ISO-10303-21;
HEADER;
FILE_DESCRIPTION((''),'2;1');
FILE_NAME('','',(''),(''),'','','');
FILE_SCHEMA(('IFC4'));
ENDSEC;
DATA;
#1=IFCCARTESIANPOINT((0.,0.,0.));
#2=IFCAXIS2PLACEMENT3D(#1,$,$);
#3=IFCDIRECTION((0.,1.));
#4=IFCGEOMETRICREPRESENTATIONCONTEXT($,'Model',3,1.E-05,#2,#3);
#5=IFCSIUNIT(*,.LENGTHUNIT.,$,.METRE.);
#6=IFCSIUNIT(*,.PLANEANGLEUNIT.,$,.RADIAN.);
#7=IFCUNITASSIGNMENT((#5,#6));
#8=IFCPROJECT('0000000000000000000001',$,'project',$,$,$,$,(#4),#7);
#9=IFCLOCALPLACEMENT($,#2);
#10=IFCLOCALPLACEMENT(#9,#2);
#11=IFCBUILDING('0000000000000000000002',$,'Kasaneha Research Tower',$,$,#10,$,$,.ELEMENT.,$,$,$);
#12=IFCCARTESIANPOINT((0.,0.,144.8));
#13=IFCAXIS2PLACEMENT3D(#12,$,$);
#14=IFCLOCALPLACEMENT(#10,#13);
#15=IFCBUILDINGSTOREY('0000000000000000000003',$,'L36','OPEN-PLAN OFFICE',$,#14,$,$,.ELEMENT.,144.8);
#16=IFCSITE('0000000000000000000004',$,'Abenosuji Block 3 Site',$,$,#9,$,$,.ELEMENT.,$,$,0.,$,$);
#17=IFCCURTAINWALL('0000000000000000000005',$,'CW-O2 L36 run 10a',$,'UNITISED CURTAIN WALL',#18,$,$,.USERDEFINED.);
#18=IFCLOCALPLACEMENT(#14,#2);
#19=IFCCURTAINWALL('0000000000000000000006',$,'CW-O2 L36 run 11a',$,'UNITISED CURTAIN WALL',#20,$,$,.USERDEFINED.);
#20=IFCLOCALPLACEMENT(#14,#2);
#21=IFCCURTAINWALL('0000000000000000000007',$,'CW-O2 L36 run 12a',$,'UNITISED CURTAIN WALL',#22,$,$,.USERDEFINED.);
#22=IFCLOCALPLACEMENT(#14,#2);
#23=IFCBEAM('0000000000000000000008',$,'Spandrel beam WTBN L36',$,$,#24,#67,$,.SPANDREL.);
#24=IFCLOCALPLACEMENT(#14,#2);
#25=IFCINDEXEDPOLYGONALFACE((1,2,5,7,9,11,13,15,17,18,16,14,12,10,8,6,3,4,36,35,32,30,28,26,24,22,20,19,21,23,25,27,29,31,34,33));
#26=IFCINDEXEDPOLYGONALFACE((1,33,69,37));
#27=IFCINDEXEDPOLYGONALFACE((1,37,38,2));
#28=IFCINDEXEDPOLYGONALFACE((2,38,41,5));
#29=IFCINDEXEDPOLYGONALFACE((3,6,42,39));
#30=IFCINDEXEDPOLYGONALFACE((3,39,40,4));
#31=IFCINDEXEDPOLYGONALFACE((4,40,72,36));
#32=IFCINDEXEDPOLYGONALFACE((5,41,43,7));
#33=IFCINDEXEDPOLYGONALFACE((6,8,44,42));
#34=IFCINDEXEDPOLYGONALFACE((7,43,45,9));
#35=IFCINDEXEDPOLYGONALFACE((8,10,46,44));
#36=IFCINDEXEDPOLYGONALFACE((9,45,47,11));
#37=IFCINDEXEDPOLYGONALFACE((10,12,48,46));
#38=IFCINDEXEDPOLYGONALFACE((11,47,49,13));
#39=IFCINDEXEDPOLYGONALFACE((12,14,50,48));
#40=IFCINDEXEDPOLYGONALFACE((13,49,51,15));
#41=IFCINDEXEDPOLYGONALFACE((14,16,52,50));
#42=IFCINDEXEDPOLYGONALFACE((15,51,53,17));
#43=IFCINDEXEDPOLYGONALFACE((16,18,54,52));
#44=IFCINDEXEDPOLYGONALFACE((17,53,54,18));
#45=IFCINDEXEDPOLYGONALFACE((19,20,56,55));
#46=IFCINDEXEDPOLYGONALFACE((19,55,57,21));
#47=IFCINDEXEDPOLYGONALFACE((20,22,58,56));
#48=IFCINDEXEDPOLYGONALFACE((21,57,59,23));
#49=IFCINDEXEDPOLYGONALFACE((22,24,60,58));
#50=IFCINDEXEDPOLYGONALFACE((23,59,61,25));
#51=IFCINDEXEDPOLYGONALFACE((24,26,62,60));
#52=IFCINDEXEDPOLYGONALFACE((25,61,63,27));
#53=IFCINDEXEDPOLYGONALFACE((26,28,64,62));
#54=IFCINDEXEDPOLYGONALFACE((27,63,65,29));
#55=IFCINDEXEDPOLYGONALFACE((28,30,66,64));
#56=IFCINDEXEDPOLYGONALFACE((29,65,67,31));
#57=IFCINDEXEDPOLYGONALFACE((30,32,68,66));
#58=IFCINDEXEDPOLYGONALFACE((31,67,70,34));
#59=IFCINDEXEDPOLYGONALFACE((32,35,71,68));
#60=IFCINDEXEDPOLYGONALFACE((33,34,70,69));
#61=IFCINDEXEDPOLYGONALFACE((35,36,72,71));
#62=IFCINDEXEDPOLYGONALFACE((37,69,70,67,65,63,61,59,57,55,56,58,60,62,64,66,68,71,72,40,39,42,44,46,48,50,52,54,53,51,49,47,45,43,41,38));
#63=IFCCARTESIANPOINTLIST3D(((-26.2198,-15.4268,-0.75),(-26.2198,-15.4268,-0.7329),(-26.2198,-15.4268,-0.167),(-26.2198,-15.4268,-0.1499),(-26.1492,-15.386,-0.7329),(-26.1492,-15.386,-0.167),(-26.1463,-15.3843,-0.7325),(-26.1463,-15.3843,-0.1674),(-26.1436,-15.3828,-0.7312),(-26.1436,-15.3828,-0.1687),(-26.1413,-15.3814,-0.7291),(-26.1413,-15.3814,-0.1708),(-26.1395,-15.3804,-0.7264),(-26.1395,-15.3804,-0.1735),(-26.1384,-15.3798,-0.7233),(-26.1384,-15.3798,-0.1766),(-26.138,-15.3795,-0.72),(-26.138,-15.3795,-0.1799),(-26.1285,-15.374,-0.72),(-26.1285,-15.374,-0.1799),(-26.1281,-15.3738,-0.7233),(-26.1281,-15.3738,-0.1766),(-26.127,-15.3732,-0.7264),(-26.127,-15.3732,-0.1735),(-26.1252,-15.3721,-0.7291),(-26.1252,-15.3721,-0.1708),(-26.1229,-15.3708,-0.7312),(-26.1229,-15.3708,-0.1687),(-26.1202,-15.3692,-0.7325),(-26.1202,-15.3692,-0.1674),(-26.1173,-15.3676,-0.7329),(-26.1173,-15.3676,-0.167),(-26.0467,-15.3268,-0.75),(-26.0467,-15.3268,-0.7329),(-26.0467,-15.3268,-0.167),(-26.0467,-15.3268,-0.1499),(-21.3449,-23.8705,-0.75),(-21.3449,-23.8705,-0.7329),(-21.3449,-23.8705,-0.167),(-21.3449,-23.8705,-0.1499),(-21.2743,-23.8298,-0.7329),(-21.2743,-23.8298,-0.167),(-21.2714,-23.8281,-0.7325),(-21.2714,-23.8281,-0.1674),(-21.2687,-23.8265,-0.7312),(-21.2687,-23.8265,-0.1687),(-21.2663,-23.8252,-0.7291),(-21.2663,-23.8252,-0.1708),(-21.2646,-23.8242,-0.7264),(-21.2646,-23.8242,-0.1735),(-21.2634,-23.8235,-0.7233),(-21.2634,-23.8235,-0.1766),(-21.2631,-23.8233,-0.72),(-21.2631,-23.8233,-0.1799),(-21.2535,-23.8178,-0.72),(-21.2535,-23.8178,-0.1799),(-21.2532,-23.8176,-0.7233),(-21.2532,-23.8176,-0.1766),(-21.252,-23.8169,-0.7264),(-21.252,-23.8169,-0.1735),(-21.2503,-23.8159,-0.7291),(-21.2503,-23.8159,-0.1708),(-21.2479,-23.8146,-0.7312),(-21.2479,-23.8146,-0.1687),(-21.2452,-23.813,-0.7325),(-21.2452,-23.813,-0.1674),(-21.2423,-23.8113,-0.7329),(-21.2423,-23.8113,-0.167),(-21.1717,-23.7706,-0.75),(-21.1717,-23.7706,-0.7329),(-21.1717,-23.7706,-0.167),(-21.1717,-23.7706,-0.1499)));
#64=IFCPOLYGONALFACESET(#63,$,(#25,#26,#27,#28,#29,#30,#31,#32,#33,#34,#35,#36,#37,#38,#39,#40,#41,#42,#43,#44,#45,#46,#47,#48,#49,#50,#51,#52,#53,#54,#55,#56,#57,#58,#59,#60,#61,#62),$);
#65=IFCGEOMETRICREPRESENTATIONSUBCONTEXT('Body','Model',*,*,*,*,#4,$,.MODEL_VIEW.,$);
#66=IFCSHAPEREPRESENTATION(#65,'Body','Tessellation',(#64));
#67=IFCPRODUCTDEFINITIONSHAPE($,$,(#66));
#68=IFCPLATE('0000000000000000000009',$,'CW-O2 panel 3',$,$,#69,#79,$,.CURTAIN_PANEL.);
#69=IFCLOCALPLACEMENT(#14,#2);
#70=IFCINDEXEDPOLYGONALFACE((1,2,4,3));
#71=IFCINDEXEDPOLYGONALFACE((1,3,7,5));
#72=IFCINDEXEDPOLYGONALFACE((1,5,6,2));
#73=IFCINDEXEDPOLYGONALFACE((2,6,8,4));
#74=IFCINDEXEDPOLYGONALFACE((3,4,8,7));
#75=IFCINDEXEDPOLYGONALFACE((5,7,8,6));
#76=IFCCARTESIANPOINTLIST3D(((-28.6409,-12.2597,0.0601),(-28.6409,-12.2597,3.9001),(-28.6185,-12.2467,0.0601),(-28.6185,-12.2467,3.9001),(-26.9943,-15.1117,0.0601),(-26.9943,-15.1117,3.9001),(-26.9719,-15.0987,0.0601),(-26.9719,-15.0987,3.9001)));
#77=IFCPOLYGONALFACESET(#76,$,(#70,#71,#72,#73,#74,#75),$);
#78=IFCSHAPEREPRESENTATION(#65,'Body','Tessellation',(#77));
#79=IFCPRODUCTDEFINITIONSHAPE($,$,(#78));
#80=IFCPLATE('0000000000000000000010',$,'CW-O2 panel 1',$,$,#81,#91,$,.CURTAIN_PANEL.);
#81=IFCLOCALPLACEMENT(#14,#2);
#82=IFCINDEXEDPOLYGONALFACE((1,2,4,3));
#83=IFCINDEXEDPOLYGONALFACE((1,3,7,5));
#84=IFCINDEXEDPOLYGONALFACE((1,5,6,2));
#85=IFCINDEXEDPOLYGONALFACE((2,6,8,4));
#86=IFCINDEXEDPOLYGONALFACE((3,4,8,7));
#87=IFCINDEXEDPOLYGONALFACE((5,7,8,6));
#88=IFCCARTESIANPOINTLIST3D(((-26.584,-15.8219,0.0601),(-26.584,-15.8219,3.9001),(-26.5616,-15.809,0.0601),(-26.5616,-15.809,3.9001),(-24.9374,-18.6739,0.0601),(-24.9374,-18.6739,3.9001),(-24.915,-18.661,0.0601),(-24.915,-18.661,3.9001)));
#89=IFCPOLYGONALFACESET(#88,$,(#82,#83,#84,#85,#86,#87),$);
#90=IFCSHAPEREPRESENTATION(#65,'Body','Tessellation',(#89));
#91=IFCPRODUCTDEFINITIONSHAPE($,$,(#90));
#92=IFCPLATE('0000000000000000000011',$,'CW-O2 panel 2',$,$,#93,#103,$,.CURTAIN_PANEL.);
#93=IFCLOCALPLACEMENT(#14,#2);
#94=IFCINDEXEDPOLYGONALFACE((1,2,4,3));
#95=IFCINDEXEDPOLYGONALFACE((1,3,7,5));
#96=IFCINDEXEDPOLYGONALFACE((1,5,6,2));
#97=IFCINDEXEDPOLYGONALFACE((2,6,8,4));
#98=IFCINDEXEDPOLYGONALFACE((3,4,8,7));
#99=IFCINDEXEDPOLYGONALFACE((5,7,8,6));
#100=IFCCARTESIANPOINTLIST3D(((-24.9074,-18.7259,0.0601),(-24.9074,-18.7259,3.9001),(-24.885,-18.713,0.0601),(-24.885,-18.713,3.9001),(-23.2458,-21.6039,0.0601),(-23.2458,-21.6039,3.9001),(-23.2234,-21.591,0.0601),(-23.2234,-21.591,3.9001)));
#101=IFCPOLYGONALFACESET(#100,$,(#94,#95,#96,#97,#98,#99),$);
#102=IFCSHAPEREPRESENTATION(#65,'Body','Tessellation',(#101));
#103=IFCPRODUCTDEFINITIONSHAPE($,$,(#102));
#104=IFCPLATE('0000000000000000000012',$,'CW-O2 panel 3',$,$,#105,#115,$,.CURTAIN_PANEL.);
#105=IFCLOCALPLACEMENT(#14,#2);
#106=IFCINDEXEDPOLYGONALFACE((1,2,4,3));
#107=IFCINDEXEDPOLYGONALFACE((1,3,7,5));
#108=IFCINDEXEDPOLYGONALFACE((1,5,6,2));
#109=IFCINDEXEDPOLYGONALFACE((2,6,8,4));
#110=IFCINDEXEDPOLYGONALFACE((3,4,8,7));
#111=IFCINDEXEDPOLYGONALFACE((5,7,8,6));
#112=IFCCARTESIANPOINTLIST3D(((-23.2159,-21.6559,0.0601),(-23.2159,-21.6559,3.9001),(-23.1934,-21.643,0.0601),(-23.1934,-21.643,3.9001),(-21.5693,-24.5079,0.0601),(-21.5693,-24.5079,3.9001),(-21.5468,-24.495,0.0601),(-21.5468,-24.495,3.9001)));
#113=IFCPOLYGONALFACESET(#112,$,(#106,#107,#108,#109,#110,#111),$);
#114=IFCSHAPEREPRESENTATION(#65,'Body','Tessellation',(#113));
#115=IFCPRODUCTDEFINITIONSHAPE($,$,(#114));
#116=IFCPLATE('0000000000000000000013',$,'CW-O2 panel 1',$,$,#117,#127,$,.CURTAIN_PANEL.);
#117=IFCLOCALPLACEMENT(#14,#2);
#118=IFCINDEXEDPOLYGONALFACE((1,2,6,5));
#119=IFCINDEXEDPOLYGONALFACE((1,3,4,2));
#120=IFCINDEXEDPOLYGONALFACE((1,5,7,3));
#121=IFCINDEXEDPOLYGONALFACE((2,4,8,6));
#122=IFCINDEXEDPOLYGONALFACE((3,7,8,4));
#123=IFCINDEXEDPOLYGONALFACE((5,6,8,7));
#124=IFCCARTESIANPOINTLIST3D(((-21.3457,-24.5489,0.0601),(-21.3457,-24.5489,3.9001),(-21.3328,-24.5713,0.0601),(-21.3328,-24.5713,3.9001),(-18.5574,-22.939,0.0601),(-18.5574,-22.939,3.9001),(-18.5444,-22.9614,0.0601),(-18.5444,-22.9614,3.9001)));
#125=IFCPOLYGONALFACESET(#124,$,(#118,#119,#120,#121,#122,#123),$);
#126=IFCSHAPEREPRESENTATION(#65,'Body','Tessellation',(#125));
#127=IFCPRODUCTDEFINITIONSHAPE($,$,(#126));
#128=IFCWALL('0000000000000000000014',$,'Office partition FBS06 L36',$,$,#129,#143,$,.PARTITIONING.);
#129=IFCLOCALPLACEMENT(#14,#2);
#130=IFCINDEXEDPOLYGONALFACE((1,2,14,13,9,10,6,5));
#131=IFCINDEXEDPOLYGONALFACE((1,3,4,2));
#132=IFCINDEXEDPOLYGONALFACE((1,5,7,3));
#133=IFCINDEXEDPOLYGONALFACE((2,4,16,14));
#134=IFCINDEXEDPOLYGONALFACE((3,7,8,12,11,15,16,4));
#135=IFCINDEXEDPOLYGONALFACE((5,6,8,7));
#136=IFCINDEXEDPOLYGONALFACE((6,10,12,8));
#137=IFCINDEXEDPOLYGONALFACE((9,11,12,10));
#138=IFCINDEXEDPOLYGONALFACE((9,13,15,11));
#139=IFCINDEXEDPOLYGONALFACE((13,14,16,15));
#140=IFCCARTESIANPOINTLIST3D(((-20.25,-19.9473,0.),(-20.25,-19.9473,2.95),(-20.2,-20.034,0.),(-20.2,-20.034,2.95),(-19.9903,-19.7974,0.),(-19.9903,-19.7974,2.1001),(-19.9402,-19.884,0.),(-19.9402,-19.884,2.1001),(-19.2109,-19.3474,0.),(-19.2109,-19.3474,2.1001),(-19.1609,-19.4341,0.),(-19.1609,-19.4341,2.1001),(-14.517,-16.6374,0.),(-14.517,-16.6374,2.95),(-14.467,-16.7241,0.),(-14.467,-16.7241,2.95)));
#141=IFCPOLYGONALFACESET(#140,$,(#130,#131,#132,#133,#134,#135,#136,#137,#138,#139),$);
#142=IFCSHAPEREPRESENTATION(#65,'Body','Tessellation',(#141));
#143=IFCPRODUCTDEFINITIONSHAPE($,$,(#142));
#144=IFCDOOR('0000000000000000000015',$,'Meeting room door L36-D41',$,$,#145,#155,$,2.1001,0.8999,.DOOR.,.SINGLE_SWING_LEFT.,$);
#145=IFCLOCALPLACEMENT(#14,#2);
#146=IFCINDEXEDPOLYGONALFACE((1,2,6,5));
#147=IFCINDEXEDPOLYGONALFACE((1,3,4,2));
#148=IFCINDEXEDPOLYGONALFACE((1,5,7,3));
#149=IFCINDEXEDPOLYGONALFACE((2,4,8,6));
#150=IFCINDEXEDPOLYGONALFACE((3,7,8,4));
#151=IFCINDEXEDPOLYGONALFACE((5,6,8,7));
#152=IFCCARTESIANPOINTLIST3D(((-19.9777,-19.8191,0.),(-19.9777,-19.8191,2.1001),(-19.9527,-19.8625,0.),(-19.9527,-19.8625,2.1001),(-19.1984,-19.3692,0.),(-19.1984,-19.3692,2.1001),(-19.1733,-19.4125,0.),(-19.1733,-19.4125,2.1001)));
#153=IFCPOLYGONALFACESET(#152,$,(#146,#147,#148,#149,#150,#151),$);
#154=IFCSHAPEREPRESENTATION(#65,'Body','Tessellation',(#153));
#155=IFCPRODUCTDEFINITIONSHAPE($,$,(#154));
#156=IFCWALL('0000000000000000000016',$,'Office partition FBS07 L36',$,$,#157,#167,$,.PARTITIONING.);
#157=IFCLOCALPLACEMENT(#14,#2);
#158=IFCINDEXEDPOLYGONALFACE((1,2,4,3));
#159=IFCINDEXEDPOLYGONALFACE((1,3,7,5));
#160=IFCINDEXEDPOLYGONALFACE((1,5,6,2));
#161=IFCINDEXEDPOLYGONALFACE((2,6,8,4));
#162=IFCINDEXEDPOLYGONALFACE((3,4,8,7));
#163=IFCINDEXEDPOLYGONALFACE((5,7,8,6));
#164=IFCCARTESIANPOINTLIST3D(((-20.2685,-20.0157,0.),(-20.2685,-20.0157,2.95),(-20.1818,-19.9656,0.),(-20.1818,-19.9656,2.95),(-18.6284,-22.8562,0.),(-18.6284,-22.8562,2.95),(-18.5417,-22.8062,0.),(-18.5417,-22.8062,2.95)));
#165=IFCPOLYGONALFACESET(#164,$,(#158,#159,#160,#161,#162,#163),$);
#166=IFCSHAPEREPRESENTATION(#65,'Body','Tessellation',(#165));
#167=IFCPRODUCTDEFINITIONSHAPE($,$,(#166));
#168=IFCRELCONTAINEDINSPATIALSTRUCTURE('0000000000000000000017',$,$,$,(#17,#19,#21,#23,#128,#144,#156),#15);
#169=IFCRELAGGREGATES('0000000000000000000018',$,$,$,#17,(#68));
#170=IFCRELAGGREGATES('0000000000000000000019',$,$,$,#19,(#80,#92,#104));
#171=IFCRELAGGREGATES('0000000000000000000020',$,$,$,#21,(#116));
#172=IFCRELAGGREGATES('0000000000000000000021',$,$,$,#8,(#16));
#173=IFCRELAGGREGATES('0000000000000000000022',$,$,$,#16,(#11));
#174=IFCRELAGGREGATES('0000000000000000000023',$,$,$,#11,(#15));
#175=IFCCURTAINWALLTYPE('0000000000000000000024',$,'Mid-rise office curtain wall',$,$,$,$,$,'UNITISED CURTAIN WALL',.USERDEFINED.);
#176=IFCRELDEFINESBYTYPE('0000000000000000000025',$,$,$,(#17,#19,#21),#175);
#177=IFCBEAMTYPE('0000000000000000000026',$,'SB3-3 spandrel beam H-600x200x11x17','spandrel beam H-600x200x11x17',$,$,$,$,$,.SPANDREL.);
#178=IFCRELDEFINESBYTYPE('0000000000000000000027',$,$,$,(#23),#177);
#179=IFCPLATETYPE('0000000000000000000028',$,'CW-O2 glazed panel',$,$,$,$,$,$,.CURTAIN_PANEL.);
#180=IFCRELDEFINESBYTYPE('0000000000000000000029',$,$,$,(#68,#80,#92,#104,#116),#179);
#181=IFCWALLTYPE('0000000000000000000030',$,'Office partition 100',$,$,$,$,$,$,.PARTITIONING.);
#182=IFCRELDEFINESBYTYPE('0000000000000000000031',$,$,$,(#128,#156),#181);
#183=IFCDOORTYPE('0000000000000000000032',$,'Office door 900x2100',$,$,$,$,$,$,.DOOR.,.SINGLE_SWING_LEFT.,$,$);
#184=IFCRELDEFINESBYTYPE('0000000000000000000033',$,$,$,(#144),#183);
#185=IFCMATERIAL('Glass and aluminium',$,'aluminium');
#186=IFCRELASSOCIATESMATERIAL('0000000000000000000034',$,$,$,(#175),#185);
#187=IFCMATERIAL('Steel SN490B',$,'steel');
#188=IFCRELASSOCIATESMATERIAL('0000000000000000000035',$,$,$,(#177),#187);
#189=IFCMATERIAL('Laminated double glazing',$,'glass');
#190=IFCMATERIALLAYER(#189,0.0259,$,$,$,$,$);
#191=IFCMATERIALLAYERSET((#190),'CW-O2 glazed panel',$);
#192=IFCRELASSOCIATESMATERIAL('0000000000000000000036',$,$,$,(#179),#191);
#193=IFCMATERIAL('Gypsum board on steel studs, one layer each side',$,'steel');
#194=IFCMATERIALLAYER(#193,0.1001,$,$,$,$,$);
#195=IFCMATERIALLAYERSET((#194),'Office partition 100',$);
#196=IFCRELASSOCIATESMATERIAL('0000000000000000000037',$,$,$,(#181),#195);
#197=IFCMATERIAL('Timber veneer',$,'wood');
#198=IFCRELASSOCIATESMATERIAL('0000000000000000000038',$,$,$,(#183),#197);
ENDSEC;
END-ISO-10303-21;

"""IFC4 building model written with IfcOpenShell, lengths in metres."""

from ifc_helpers import new_model, si_unit, direction, frame, frame_2d, origin, origin_2d, place, context, subcontext, project, spatial, rectangle, i_section, extrude, material, layer, layer_set, material_profile, profile_set, type_object, element, fill, aggregate, save


model = new_model("IFC4")

# Units and contexts
model_context = context("Model", 3, precision=1e-05, world=origin(), true_north=direction((0.0, 1.0)))
body_context = subcontext(model_context, "Body", "Model", "MODEL_VIEW")
ifc_project = project(units=[si_unit("LENGTHUNIT", "METRE"), si_unit("PLANEANGLEUNIT", "RADIAN")], contexts=[model_context])

# Site, building, storey
site_placement = place(None, origin())
site = spatial("IfcSite", under=ifc_project, at=site_placement, Name="Abenosuji Block 3 Site", CompositionType="ELEMENT", RefElevation=0.0)
building_placement = place(site_placement, origin())
building = spatial("IfcBuilding", under=site, at=building_placement, Name="Kasaneha Research Tower", CompositionType="ELEMENT")
storey_placement = place(building_placement, frame((0.0, 0.0, 144.8)))
storey = spatial("IfcBuildingStorey", under=building, at=storey_placement, Name="L36", Description="OPEN-PLAN OFFICE", CompositionType="ELEMENT", Elevation=144.8)

# Curtain wall
ifc_material_1 = material(Name="Glass and aluminium", Category="aluminium")
curtain_wall_type = type_object("IfcCurtainWallType", Name="Mid-rise office curtain wall", ElementType="UNITISED CURTAIN WALL", PredefinedType="USERDEFINED", material=ifc_material_1)
curtain_wall_1_placement = place(storey_placement, origin())
curtain_wall_1 = element("IfcCurtainWall", 1, at=curtain_wall_1_placement, inside=storey, type_object=curtain_wall_type, Name="CW-O2 L36 run 10a", ObjectType="UNITISED CURTAIN WALL", PredefinedType="USERDEFINED")

# Curtain walls
curtain_wall_2_placement = place(storey_placement, origin())
curtain_wall_2 = element("IfcCurtainWall", 2, at=curtain_wall_2_placement, inside=storey, type_object=curtain_wall_type, Name="CW-O2 L36 run 11a", ObjectType="UNITISED CURTAIN WALL", PredefinedType="USERDEFINED")
curtain_wall_3_placement = place(storey_placement, origin())
curtain_wall_3 = element("IfcCurtainWall", 3, at=curtain_wall_3_placement, inside=storey, type_object=curtain_wall_type, Name="CW-O2 L36 run 12a", ObjectType="UNITISED CURTAIN WALL", PredefinedType="USERDEFINED")

# Beam
ifc_material_2 = material(Name="Steel SN490B", Category="steel")
ifc_material_profile_1 = material_profile(ifc_material_2, i_section(OverallWidth=0.2, OverallDepth=0.6001, WebThickness=0.011, FlangeThickness=0.0171, FilletRadius=0.0129, at=origin_2d()), Name="H-600x200x11x17")
ifc_profile_set_1 = profile_set([ifc_material_profile_1], Name="Steel SN490B")
beam_type = type_object("IfcBeamType", Name="SB3-3 spandrel beam H-600x200x11x17", Description="spandrel beam H-600x200x11x17", PredefinedType="SPANDREL", material=ifc_profile_set_1)
beam_placement = place(storey_placement, frame((-21.2583, -23.8206, -0.45), z_axis=(-0.499996, 0.866028, 0.0), x_axis=(-0.866028, -0.499996, 0.0)))
element("IfcBeam", 4, at=beam_placement, inside=storey, type_object=beam_type, Name="Spandrel beam WTBN L36", PredefinedType="SPANDREL", context=body_context, shape_type="SweptSolid", body=[
    extrude(i_section(OverallWidth=0.2, OverallDepth=0.6001, WebThickness=0.011, FlangeThickness=0.0171, FilletRadius=0.0129, at=origin_2d()), origin(), (0.0, 0.0, 1.0), 9.75),
])

# Plates
ifc_material_3 = material(Name="Laminated double glazing", Category="glass")
ifc_layer_1 = layer(ifc_material_3, 0.0259)
ifc_layer_set_1 = layer_set([ifc_layer_1], Name="CW-O2 glazed panel")
plate_type = type_object("IfcPlateType", Name="CW-O2 glazed panel", PredefinedType="CURTAIN_PANEL", material=ifc_layer_set_1)
plate_1_placement = place(storey_placement, frame((-27.8064, -13.6792, 0.0601), z_axis=(0.0, 0.0, 1.0), x_axis=(0.5, -0.866025, 0.0)))
plate_1 = element("IfcPlate", 5, at=plate_1_placement, type_object=plate_type, Name="CW-O2 panel 3", PredefinedType="CURTAIN_PANEL", context=body_context, shape_type="SweptSolid", body=[
    extrude(rectangle(XDim=3.2932, YDim=0.0259, at=origin_2d()), origin(), (0.0, 0.0, 1.0), 3.8401),
])
aggregate(curtain_wall_1, [plate_1])
plate_2_placement = place(storey_placement, frame((-25.7495, -17.2415, 0.0601), z_axis=(0.0, 0.0, 1.0), x_axis=(0.5, -0.866025, 0.0)))
plate_2 = element("IfcPlate", 6, at=plate_2_placement, type_object=plate_type, Name="CW-O2 panel 1", PredefinedType="CURTAIN_PANEL", context=body_context, shape_type="SweptSolid", body=[
    extrude(rectangle(XDim=3.2932, YDim=0.0259, at=origin_2d()), origin(), (0.0, 0.0, 1.0), 3.8401),
])
plate_3_placement = place(storey_placement, frame((-24.0654, -20.1584, 0.0601), z_axis=(0.0, 0.0, 1.0), x_axis=(0.5, -0.866025, 0.0)))
plate_3 = element("IfcPlate", 7, at=plate_3_placement, type_object=plate_type, Name="CW-O2 panel 2", PredefinedType="CURTAIN_PANEL", context=body_context, shape_type="SweptSolid", body=[
    extrude(rectangle(XDim=3.3232, YDim=0.0259, at=origin_2d()), origin(), (0.0, 0.0, 1.0), 3.8401),
])
plate_4_placement = place(storey_placement, frame((-22.3813, -23.0754, 0.0601), z_axis=(0.0, 0.0, 1.0), x_axis=(0.5, -0.866025, 0.0)))
plate_4 = element("IfcPlate", 8, at=plate_4_placement, type_object=plate_type, Name="CW-O2 panel 3", PredefinedType="CURTAIN_PANEL", context=body_context, shape_type="SweptSolid", body=[
    extrude(rectangle(XDim=3.2932, YDim=0.0259, at=origin_2d()), origin(), (0.0, 0.0, 1.0), 3.8401),
])
aggregate(curtain_wall_2, [plate_2, plate_3, plate_4])
plate_5_placement = place(storey_placement, frame((-19.9451, -23.7551, 0.0601), z_axis=(0.0, 0.0, 1.0), x_axis=(0.866025, 0.5, 0.0)))
plate_5 = element("IfcPlate", 9, at=plate_5_placement, type_object=plate_type, Name="CW-O2 panel 1", PredefinedType="CURTAIN_PANEL", context=body_context, shape_type="SweptSolid", body=[
    extrude(rectangle(XDim=3.2197, YDim=0.0259, at=origin_2d()), origin(), (0.0, 0.0, 1.0), 3.8401),
])
aggregate(curtain_wall_3, [plate_5])

# Wall, opening, door
ifc_material_4 = material(Name="Gypsum board on steel studs, one layer each side", Category="steel")
ifc_layer_2 = layer(ifc_material_4, 0.1001)
ifc_layer_set_2 = layer_set([ifc_layer_2], Name="Office partition 100")
wall_type = type_object("IfcWallType", Name="Office partition 100", PredefinedType="PARTITIONING", material=ifc_layer_set_2)
wall_1_placement = place(storey_placement, frame((-20.2251, -19.9907, 0.0), z_axis=(0.0, 0.0, 1.0), x_axis=(0.866031, 0.499991, 0.0)))
wall_1 = element("IfcWall", 10, at=wall_1_placement, inside=storey, type_object=wall_type, Name="Office partition FBS06 L36", PredefinedType="PARTITIONING", context=body_context, shape_type="SweptSolid", body=[
    extrude(rectangle(XDim=6.6199, YDim=0.1001, at=frame_2d((3.3101, 0.0))), origin(), (0.0, 0.0, 1.0), 2.95),
])
opening_1_placement = place(wall_1_placement, frame((0.3, 0.0, 0.0)))
opening_1 = element("IfcOpeningElement", 11, at=opening_1_placement, cuts=wall_1, PredefinedType="OPENING", context=body_context, shape_type="SweptSolid", body=[
    extrude(rectangle(XDim=0.8999, YDim=2.1001, at=frame_2d((0.45, 1.05))), frame((0.0, 0.0601, 0.0), z_axis=(0.0, -1.0, 0.0), x_axis=(1.0, 0.0, 0.0)), (0.0, 0.0, 1.0), 0.1201),
])
ifc_material_5 = material(Name="Timber veneer", Category="wood")
door_type = type_object("IfcDoorType", Name="Office door 900x2100", OperationType="SINGLE_SWING_LEFT", PredefinedType="DOOR", material=ifc_material_5)
door_1_placement = place(opening_1_placement, origin())
door_1 = element("IfcDoor", 12, at=door_1_placement, inside=storey, type_object=door_type, Name="Meeting room door L36-D41", OperationType="SINGLE_SWING_LEFT", OverallHeight=2.1001, OverallWidth=0.8999, PredefinedType="DOOR", context=body_context, shape_type="SweptSolid", body=[
    extrude(rectangle(XDim=0.8999, YDim=2.1001, at=frame_2d((0.45, 1.05))), frame((0.0, 0.0249, 0.0), z_axis=(0.0, -1.0, 0.0), x_axis=(1.0, 0.0, 0.0)), (0.0, 0.0, 1.0), 0.05),
])
fill(opening_1, door_1)

# Wall
wall_2_placement = place(storey_placement, frame((-18.585, -22.8313, 0.0), z_axis=(0.0, 0.0, 1.0), x_axis=(-0.50003, 0.866008, 0.0)))
element("IfcWall", 13, at=wall_2_placement, inside=storey, type_object=wall_type, Name="Office partition FBS07 L36", PredefinedType="PARTITIONING", context=body_context, shape_type="SweptSolid", body=[
    extrude(rectangle(XDim=3.28, YDim=0.1001, at=frame_2d((1.6401, 0.0))), origin(), (0.0, 0.0, 1.0), 2.95),
])

save(model, "model.ifc")
